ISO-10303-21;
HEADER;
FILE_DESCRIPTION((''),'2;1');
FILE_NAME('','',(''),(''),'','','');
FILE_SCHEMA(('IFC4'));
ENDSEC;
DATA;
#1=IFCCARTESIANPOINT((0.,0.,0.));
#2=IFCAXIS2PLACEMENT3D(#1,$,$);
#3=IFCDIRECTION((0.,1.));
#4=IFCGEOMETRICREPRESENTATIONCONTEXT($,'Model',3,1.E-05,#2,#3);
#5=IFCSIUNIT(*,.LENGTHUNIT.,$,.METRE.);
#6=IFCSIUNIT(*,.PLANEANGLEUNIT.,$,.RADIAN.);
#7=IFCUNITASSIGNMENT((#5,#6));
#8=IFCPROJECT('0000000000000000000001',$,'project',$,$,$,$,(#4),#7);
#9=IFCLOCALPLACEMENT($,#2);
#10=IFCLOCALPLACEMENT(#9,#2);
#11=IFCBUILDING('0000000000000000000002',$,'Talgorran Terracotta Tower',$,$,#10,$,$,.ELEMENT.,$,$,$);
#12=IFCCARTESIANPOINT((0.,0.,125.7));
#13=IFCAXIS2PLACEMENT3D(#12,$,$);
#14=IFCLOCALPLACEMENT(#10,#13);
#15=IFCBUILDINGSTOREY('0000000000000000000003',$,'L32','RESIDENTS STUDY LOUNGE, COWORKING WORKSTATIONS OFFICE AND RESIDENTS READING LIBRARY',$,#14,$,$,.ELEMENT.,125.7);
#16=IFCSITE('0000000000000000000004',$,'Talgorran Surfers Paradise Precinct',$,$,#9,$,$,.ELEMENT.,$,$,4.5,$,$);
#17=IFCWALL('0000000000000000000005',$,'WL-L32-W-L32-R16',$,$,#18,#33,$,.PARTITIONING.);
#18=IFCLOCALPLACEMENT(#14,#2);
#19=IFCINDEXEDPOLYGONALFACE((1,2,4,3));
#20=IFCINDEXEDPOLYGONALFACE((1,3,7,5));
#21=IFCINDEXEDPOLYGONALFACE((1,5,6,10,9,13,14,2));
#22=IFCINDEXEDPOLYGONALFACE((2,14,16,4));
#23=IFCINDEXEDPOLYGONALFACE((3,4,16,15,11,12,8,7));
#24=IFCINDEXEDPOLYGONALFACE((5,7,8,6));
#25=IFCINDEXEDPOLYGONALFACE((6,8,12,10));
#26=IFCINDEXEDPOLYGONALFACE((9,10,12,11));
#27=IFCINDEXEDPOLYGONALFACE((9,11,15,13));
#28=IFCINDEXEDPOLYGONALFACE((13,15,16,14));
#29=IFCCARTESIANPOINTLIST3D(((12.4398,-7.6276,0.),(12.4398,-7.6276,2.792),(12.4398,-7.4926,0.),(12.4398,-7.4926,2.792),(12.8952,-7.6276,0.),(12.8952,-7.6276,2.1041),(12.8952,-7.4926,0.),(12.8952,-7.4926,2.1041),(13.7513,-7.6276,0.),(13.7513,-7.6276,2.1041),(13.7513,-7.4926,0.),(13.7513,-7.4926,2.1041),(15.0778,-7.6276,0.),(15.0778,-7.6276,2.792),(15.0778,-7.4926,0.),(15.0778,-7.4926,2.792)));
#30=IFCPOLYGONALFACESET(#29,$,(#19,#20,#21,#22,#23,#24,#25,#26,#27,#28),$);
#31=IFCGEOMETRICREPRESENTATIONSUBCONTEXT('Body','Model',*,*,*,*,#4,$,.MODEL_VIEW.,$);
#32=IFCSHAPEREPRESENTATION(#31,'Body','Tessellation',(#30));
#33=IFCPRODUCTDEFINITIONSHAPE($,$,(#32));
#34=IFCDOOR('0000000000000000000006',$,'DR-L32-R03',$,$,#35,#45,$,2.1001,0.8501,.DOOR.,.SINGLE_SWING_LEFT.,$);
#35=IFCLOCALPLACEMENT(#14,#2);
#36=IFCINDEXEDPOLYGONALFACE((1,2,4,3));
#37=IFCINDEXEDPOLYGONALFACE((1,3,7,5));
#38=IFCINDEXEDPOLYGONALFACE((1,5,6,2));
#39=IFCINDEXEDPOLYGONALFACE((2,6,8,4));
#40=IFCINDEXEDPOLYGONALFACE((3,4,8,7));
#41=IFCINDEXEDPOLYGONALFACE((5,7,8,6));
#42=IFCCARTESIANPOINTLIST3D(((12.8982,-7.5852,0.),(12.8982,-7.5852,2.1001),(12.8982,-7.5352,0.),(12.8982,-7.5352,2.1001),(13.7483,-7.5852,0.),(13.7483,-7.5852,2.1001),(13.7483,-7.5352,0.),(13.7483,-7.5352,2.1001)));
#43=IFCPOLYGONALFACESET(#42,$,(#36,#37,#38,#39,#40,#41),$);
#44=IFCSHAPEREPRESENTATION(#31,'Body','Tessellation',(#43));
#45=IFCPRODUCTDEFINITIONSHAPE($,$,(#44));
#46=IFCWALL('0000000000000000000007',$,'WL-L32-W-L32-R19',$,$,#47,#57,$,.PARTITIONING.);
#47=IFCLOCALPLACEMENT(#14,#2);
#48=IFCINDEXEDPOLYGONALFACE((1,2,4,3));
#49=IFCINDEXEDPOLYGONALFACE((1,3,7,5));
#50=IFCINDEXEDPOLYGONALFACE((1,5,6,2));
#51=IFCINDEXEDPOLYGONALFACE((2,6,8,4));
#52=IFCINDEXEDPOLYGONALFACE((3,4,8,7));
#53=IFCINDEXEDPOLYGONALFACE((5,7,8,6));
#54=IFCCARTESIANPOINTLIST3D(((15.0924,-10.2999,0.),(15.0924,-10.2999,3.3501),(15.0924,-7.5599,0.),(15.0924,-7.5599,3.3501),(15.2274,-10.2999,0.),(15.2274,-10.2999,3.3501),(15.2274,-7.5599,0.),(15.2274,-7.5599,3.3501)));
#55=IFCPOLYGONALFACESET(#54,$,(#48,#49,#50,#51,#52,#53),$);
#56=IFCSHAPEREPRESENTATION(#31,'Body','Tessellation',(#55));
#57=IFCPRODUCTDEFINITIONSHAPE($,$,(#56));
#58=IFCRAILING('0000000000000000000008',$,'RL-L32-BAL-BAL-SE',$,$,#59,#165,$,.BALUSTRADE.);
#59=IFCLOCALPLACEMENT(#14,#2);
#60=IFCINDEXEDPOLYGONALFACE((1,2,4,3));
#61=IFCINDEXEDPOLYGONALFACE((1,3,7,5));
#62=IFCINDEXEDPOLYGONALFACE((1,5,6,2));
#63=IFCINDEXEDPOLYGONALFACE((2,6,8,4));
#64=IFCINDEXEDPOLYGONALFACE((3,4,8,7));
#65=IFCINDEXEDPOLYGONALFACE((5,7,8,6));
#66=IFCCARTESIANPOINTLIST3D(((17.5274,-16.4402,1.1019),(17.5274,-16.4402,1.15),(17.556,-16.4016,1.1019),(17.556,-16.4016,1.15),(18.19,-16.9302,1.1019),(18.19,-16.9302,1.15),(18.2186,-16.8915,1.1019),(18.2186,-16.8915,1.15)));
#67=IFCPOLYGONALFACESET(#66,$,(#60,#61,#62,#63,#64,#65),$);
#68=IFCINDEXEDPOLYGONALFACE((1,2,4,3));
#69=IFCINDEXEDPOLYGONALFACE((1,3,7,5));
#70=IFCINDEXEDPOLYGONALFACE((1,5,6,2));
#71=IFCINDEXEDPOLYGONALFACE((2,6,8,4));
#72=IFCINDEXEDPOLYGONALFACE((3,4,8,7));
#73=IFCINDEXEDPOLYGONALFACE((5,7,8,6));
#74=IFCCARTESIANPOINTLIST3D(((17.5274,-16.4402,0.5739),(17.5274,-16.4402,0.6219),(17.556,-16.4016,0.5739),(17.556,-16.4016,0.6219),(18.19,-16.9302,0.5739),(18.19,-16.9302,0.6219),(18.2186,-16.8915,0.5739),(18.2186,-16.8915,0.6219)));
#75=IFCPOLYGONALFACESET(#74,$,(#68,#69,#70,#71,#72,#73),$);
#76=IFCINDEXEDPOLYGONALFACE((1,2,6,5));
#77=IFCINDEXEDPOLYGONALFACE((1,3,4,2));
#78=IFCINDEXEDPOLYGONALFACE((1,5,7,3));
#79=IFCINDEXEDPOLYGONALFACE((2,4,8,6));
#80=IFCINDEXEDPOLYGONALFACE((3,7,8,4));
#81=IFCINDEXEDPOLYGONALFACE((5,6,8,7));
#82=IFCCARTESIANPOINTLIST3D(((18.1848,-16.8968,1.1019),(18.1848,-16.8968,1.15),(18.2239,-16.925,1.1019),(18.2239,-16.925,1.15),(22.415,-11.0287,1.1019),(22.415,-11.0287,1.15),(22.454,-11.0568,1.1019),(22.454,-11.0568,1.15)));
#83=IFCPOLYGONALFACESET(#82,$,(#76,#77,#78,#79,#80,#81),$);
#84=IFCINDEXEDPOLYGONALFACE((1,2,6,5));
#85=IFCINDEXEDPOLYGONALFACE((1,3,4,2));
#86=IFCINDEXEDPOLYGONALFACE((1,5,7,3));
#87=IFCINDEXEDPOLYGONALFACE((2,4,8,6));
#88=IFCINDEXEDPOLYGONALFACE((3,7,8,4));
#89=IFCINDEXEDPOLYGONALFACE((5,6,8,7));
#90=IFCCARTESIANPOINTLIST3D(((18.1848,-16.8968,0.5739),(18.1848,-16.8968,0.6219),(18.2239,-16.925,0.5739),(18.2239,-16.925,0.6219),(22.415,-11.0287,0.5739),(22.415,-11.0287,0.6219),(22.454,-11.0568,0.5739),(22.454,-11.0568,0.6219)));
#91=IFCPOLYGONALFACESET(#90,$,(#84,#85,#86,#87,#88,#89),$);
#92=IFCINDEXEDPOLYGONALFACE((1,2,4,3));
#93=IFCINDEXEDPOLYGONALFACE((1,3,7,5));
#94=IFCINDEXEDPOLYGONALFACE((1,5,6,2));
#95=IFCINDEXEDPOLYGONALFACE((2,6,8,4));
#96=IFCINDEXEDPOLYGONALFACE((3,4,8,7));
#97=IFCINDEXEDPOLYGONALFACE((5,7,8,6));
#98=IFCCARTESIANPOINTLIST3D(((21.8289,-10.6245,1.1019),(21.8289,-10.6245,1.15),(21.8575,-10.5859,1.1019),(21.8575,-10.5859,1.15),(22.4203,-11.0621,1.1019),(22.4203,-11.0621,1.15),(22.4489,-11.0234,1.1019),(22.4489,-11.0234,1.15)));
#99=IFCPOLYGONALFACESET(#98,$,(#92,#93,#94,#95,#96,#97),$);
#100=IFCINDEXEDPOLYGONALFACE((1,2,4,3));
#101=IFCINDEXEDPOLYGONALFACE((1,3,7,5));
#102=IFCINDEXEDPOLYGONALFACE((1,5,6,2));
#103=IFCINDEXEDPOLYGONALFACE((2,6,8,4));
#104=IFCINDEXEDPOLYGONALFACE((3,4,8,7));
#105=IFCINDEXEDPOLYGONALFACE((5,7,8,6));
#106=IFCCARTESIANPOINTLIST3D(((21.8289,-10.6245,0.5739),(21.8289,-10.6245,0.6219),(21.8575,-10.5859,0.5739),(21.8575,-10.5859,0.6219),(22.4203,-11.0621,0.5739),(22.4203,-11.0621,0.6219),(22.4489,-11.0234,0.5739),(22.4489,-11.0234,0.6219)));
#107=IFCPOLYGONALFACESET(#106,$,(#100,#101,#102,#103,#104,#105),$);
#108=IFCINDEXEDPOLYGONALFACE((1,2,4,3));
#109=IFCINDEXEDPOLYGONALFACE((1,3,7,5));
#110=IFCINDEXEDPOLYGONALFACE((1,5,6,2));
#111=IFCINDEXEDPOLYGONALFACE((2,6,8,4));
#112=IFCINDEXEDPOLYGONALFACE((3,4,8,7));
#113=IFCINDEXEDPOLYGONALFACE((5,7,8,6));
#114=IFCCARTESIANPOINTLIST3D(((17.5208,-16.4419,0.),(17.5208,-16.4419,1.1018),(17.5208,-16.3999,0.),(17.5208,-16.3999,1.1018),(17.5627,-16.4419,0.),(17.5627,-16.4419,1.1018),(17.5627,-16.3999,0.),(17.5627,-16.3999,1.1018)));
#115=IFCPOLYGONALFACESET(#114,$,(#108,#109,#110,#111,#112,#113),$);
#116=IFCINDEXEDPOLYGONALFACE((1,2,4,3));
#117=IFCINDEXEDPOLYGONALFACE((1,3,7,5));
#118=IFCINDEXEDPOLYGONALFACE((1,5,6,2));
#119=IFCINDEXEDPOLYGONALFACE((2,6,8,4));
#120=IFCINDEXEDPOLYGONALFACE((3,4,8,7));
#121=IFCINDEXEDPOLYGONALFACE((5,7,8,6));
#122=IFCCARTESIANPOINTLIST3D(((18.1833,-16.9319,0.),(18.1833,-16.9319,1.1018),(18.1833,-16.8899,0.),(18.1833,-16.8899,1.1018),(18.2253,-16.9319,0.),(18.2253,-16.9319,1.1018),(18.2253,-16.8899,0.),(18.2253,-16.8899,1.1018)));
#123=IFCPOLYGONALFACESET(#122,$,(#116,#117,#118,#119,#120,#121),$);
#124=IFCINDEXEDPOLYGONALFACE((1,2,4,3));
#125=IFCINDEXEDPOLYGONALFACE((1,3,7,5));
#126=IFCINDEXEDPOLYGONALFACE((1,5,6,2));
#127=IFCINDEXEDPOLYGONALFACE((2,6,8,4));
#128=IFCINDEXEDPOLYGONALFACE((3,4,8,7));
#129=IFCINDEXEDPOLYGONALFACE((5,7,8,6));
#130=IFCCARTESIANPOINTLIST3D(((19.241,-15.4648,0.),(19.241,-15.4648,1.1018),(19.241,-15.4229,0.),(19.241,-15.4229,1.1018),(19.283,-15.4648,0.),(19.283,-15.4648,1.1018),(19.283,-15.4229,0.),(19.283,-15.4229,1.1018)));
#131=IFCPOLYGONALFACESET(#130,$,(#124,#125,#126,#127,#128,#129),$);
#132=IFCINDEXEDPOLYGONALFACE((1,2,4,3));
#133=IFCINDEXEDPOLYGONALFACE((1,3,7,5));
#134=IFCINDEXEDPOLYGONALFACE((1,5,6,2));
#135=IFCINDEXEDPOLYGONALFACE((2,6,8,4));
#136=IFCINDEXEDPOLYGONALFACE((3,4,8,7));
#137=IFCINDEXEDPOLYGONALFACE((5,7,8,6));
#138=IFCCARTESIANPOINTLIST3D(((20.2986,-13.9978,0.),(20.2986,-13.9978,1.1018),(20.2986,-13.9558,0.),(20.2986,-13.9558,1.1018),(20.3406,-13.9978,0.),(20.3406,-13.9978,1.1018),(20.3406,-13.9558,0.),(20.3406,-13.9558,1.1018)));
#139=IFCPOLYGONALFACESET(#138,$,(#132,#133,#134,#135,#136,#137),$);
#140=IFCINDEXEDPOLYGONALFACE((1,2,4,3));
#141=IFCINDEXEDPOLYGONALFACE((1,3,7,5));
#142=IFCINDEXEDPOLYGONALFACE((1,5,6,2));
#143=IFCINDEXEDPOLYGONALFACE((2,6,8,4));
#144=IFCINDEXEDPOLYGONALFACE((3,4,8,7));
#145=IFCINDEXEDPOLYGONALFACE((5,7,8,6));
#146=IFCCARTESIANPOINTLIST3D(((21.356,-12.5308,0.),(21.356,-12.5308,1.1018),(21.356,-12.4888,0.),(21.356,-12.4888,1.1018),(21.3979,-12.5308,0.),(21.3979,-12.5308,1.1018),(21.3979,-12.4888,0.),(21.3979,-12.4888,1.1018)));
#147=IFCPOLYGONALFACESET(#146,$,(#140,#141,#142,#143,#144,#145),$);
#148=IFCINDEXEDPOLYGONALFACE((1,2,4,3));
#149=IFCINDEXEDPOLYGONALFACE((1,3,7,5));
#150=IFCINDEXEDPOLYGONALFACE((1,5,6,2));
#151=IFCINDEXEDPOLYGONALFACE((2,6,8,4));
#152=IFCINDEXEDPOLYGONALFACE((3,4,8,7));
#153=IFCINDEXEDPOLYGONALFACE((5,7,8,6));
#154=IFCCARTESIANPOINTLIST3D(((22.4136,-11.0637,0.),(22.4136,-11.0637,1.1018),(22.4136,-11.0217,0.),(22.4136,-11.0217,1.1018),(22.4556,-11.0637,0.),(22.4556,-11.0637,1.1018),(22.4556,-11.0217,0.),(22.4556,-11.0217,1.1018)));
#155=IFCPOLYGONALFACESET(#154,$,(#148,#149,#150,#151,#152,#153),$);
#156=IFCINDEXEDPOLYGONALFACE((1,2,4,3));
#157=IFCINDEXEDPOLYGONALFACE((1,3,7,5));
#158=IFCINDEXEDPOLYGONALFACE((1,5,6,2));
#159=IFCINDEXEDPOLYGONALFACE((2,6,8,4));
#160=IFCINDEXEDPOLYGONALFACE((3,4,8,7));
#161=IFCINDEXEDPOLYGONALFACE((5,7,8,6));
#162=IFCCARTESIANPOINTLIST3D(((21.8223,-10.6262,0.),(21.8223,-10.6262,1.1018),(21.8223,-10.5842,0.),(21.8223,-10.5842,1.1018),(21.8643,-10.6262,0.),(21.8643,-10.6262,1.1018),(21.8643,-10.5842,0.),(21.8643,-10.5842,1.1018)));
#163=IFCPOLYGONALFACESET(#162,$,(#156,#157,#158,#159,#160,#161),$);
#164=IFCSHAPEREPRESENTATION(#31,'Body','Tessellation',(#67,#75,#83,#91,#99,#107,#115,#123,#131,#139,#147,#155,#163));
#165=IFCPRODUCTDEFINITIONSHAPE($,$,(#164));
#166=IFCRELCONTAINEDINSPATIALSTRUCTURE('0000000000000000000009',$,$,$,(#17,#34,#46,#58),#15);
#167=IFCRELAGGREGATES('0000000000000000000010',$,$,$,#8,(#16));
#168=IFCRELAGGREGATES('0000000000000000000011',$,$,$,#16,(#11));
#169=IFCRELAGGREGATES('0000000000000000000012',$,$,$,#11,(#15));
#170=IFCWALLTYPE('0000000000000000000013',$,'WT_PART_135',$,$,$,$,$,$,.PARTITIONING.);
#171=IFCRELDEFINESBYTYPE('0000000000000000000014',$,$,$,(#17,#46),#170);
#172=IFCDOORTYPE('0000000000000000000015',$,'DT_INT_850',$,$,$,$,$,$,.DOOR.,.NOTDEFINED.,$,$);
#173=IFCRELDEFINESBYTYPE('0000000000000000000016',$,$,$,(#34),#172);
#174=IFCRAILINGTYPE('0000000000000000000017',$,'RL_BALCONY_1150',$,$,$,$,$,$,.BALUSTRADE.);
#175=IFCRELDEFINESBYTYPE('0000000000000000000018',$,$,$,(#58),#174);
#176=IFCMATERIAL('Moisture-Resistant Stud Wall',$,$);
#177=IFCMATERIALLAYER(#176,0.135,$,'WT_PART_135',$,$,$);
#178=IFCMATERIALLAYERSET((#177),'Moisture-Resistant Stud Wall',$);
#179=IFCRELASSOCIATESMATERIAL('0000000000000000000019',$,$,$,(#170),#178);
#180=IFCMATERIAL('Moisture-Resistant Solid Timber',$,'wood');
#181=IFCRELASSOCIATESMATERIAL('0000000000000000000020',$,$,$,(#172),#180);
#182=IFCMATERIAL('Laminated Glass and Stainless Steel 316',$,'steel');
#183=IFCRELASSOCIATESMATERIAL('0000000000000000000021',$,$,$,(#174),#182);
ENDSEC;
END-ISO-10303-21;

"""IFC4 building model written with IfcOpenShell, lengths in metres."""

from ifc_helpers import new_model, si_unit, direction, frame, frame_2d, origin, origin_2d, place, context, subcontext, project, spatial, rectangle, extrude, material, layer, layer_set, type_object, element, fill, save


model = new_model("IFC4")

# Units and contexts
model_context = context("Model", 3, precision=1e-05, world=origin(), true_north=direction((0.0, 1.0)))
body_context = subcontext(model_context, "Body", "Model", "MODEL_VIEW")
ifc_project = project(units=[si_unit("LENGTHUNIT", "METRE"), si_unit("PLANEANGLEUNIT", "RADIAN")], contexts=[model_context])

# Site, building, storey
site_placement = place(None, origin())
site = spatial("IfcSite", under=ifc_project, at=site_placement, Name="Talgorran Surfers Paradise Precinct", CompositionType="ELEMENT", RefElevation=4.5)
building_placement = place(site_placement, origin())
building = spatial("IfcBuilding", under=site, at=building_placement, Name="Talgorran Terracotta Tower", CompositionType="ELEMENT")
storey_placement = place(building_placement, frame((0.0, 0.0, 125.7)))
storey = spatial("IfcBuildingStorey", under=building, at=storey_placement, Name="L32", Description="RESIDENTS STUDY LOUNGE, COWORKING WORKSTATIONS OFFICE AND RESIDENTS READING LIBRARY", CompositionType="ELEMENT", Elevation=125.7)

# Wall, opening, door
ifc_material_1 = material(Name="Moisture-Resistant Stud Wall")
ifc_layer_1 = layer(ifc_material_1, 0.135, Name="WT_PART_135")
ifc_layer_set_1 = layer_set([ifc_layer_1], Name="Moisture-Resistant Stud Wall")
wall_type_1 = type_object("IfcWallType", Name="WT_PART_135", PredefinedType="PARTITIONING", material=ifc_layer_set_1)
wall_1_placement = place(storey_placement, frame((12.4399, -7.5601, 0.0), z_axis=(0.0, 0.0, 1.0), x_axis=(1.0, 0.0, 0.0)))
wall_1 = element("IfcWall", 1, at=wall_1_placement, inside=storey, type_object=wall_type_1, Name="WL-L32-W-L32-R16", PredefinedType="PARTITIONING", context=body_context, shape_type="SweptSolid", body=[
    extrude(rectangle(XDim=2.6379, YDim=0.135, at=frame_2d((1.3188, 0.0))), origin(), (0.0, 0.0, 1.0), 2.792),
])
opening_1_placement = place(wall_1_placement, frame((0.4583, 0.0, 0.0)))
opening_1 = element("IfcOpeningElement", 2, at=opening_1_placement, cuts=wall_1, PredefinedType="OPENING", context=body_context, shape_type="SweptSolid", body=[
    extrude(rectangle(XDim=0.8561, YDim=2.1041, at=frame_2d((0.425, 1.052))), frame((0.0, 0.0776, 0.0), z_axis=(0.0, -1.0, 0.0), x_axis=(1.0, 0.0, 0.0)), (0.0, 0.0, 1.0), 0.155),
])
ifc_material_2 = material(Name="Moisture-Resistant Solid Timber", Category="wood")
door_type_1 = type_object("IfcDoorType", Name="DT_INT_850", OperationType="NOTDEFINED", PredefinedType="DOOR", material=ifc_material_2)
door_1_placement = place(opening_1_placement, origin())
door_1 = element("IfcDoor", 3, at=door_1_placement, inside=storey, type_object=door_type_1, Name="DR-L32-R03", OperationType="SINGLE_SWING_LEFT", OverallHeight=2.1001, OverallWidth=0.8501, PredefinedType="DOOR", context=body_context, shape_type="SweptSolid", body=[
    extrude(rectangle(XDim=0.8501, YDim=2.1001, at=frame_2d((0.425, 1.05))), frame((0.0, 0.0249, 0.0), z_axis=(0.0, -1.0, 0.0), x_axis=(1.0, 0.0, 0.0)), (0.0, 0.0, 1.0), 0.05),
])
fill(opening_1, door_1)

# Wall
wall_2_placement = place(storey_placement, frame((15.1599, -10.3, 0.0), z_axis=(0.0, 0.0, 1.0), x_axis=(0.0, 1.0, 0.0)))
element("IfcWall", 4, at=wall_2_placement, inside=storey, type_object=wall_type_1, Name="WL-L32-W-L32-R19", PredefinedType="PARTITIONING", context=body_context, shape_type="SweptSolid", body=[
    extrude(rectangle(XDim=2.74, YDim=0.135, at=frame_2d((1.3701, 0.0))), origin(), (0.0, 0.0, 1.0), 3.3501),
])

# Railing
ifc_material_3 = material(Name="Laminated Glass and Stainless Steel 316", Category="steel")
railing_type = type_object("IfcRailingType", Name="RL_BALCONY_1150", PredefinedType="BALUSTRADE", material=ifc_material_3)
railing_placement = place(storey_placement, frame((17.5417, -16.4209, 0.0)))
element("IfcRailing", 5, at=railing_placement, inside=storey, type_object=railing_type, Name="RL-L32-BAL-BAL-SE", PredefinedType="BALUSTRADE", context=body_context, shape_type="SweptSolid", body=[
    extrude(rectangle(XDim=0.0481, YDim=0.0481, at=origin_2d()), frame((0.0, 0.0, 1.126), z_axis=(0.804035, -0.594583, 0.0), x_axis=(0.594583, 0.804035, 0.0)), (0.0, 0.0, 1.0), 0.824),
    extrude(rectangle(XDim=0.0481, YDim=0.0481, at=origin_2d()), frame((0.0, 0.0, 0.5979), z_axis=(0.804035, -0.594583, 0.0), x_axis=(0.594583, 0.804035, 0.0)), (0.0, 0.0, 1.0), 0.824),
    extrude(rectangle(XDim=0.0481, YDim=0.0481, at=origin_2d()), frame((0.6626, -0.49, 1.126), z_axis=(0.584773, 0.811197, 0.0), x_axis=(-0.811197, 0.584773, 0.0)), (0.0, 0.0, 1.0), 7.2339),
    extrude(rectangle(XDim=0.0481, YDim=0.0481, at=origin_2d()), frame((0.6626, -0.49, 0.5979), z_axis=(0.584773, 0.811197, 0.0), x_axis=(-0.811197, 0.584773, 0.0)), (0.0, 0.0, 1.0), 7.2339),
    extrude(rectangle(XDim=0.0481, YDim=0.0481, at=origin_2d()), frame((4.8928, 5.3782, 1.126), z_axis=(-0.803886, 0.594783, 0.0), x_axis=(-0.594783, -0.803886, 0.0)), (0.0, 0.0, 1.0), 0.7356),
    extrude(rectangle(XDim=0.0481, YDim=0.0481, at=origin_2d()), frame((4.8928, 5.3782, 0.5979), z_axis=(-0.803886, 0.594783, 0.0), x_axis=(-0.594783, -0.803886, 0.0)), (0.0, 0.0, 1.0), 0.7356),
    extrude(rectangle(XDim=0.042, YDim=0.042, at=origin_2d()), origin(), (0.0, 0.0, 1.0), 1.1018),
    extrude(rectangle(XDim=0.042, YDim=0.042, at=origin_2d()), frame((0.6626, -0.49, 0.0)), (0.0, 0.0, 1.0), 1.1018),
    extrude(rectangle(XDim=0.042, YDim=0.042, at=origin_2d()), frame((1.7202, 0.9771, 0.0)), (0.0, 0.0, 1.0), 1.1018),
    extrude(rectangle(XDim=0.042, YDim=0.042, at=origin_2d()), frame((2.7778, 2.4441, 0.0)), (0.0, 0.0, 1.0), 1.1018),
    extrude(rectangle(XDim=0.042, YDim=0.042, at=origin_2d()), frame((3.8352, 3.9111, 0.0)), (0.0, 0.0, 1.0), 1.1018),
    extrude(rectangle(XDim=0.042, YDim=0.042, at=origin_2d()), frame((4.8928, 5.3782, 0.0)), (0.0, 0.0, 1.0), 1.1018),
    extrude(rectangle(XDim=0.042, YDim=0.042, at=origin_2d()), frame((4.3015, 5.8157, 0.0)), (0.0, 0.0, 1.0), 1.1018),
])

save(model, "model.ifc")
